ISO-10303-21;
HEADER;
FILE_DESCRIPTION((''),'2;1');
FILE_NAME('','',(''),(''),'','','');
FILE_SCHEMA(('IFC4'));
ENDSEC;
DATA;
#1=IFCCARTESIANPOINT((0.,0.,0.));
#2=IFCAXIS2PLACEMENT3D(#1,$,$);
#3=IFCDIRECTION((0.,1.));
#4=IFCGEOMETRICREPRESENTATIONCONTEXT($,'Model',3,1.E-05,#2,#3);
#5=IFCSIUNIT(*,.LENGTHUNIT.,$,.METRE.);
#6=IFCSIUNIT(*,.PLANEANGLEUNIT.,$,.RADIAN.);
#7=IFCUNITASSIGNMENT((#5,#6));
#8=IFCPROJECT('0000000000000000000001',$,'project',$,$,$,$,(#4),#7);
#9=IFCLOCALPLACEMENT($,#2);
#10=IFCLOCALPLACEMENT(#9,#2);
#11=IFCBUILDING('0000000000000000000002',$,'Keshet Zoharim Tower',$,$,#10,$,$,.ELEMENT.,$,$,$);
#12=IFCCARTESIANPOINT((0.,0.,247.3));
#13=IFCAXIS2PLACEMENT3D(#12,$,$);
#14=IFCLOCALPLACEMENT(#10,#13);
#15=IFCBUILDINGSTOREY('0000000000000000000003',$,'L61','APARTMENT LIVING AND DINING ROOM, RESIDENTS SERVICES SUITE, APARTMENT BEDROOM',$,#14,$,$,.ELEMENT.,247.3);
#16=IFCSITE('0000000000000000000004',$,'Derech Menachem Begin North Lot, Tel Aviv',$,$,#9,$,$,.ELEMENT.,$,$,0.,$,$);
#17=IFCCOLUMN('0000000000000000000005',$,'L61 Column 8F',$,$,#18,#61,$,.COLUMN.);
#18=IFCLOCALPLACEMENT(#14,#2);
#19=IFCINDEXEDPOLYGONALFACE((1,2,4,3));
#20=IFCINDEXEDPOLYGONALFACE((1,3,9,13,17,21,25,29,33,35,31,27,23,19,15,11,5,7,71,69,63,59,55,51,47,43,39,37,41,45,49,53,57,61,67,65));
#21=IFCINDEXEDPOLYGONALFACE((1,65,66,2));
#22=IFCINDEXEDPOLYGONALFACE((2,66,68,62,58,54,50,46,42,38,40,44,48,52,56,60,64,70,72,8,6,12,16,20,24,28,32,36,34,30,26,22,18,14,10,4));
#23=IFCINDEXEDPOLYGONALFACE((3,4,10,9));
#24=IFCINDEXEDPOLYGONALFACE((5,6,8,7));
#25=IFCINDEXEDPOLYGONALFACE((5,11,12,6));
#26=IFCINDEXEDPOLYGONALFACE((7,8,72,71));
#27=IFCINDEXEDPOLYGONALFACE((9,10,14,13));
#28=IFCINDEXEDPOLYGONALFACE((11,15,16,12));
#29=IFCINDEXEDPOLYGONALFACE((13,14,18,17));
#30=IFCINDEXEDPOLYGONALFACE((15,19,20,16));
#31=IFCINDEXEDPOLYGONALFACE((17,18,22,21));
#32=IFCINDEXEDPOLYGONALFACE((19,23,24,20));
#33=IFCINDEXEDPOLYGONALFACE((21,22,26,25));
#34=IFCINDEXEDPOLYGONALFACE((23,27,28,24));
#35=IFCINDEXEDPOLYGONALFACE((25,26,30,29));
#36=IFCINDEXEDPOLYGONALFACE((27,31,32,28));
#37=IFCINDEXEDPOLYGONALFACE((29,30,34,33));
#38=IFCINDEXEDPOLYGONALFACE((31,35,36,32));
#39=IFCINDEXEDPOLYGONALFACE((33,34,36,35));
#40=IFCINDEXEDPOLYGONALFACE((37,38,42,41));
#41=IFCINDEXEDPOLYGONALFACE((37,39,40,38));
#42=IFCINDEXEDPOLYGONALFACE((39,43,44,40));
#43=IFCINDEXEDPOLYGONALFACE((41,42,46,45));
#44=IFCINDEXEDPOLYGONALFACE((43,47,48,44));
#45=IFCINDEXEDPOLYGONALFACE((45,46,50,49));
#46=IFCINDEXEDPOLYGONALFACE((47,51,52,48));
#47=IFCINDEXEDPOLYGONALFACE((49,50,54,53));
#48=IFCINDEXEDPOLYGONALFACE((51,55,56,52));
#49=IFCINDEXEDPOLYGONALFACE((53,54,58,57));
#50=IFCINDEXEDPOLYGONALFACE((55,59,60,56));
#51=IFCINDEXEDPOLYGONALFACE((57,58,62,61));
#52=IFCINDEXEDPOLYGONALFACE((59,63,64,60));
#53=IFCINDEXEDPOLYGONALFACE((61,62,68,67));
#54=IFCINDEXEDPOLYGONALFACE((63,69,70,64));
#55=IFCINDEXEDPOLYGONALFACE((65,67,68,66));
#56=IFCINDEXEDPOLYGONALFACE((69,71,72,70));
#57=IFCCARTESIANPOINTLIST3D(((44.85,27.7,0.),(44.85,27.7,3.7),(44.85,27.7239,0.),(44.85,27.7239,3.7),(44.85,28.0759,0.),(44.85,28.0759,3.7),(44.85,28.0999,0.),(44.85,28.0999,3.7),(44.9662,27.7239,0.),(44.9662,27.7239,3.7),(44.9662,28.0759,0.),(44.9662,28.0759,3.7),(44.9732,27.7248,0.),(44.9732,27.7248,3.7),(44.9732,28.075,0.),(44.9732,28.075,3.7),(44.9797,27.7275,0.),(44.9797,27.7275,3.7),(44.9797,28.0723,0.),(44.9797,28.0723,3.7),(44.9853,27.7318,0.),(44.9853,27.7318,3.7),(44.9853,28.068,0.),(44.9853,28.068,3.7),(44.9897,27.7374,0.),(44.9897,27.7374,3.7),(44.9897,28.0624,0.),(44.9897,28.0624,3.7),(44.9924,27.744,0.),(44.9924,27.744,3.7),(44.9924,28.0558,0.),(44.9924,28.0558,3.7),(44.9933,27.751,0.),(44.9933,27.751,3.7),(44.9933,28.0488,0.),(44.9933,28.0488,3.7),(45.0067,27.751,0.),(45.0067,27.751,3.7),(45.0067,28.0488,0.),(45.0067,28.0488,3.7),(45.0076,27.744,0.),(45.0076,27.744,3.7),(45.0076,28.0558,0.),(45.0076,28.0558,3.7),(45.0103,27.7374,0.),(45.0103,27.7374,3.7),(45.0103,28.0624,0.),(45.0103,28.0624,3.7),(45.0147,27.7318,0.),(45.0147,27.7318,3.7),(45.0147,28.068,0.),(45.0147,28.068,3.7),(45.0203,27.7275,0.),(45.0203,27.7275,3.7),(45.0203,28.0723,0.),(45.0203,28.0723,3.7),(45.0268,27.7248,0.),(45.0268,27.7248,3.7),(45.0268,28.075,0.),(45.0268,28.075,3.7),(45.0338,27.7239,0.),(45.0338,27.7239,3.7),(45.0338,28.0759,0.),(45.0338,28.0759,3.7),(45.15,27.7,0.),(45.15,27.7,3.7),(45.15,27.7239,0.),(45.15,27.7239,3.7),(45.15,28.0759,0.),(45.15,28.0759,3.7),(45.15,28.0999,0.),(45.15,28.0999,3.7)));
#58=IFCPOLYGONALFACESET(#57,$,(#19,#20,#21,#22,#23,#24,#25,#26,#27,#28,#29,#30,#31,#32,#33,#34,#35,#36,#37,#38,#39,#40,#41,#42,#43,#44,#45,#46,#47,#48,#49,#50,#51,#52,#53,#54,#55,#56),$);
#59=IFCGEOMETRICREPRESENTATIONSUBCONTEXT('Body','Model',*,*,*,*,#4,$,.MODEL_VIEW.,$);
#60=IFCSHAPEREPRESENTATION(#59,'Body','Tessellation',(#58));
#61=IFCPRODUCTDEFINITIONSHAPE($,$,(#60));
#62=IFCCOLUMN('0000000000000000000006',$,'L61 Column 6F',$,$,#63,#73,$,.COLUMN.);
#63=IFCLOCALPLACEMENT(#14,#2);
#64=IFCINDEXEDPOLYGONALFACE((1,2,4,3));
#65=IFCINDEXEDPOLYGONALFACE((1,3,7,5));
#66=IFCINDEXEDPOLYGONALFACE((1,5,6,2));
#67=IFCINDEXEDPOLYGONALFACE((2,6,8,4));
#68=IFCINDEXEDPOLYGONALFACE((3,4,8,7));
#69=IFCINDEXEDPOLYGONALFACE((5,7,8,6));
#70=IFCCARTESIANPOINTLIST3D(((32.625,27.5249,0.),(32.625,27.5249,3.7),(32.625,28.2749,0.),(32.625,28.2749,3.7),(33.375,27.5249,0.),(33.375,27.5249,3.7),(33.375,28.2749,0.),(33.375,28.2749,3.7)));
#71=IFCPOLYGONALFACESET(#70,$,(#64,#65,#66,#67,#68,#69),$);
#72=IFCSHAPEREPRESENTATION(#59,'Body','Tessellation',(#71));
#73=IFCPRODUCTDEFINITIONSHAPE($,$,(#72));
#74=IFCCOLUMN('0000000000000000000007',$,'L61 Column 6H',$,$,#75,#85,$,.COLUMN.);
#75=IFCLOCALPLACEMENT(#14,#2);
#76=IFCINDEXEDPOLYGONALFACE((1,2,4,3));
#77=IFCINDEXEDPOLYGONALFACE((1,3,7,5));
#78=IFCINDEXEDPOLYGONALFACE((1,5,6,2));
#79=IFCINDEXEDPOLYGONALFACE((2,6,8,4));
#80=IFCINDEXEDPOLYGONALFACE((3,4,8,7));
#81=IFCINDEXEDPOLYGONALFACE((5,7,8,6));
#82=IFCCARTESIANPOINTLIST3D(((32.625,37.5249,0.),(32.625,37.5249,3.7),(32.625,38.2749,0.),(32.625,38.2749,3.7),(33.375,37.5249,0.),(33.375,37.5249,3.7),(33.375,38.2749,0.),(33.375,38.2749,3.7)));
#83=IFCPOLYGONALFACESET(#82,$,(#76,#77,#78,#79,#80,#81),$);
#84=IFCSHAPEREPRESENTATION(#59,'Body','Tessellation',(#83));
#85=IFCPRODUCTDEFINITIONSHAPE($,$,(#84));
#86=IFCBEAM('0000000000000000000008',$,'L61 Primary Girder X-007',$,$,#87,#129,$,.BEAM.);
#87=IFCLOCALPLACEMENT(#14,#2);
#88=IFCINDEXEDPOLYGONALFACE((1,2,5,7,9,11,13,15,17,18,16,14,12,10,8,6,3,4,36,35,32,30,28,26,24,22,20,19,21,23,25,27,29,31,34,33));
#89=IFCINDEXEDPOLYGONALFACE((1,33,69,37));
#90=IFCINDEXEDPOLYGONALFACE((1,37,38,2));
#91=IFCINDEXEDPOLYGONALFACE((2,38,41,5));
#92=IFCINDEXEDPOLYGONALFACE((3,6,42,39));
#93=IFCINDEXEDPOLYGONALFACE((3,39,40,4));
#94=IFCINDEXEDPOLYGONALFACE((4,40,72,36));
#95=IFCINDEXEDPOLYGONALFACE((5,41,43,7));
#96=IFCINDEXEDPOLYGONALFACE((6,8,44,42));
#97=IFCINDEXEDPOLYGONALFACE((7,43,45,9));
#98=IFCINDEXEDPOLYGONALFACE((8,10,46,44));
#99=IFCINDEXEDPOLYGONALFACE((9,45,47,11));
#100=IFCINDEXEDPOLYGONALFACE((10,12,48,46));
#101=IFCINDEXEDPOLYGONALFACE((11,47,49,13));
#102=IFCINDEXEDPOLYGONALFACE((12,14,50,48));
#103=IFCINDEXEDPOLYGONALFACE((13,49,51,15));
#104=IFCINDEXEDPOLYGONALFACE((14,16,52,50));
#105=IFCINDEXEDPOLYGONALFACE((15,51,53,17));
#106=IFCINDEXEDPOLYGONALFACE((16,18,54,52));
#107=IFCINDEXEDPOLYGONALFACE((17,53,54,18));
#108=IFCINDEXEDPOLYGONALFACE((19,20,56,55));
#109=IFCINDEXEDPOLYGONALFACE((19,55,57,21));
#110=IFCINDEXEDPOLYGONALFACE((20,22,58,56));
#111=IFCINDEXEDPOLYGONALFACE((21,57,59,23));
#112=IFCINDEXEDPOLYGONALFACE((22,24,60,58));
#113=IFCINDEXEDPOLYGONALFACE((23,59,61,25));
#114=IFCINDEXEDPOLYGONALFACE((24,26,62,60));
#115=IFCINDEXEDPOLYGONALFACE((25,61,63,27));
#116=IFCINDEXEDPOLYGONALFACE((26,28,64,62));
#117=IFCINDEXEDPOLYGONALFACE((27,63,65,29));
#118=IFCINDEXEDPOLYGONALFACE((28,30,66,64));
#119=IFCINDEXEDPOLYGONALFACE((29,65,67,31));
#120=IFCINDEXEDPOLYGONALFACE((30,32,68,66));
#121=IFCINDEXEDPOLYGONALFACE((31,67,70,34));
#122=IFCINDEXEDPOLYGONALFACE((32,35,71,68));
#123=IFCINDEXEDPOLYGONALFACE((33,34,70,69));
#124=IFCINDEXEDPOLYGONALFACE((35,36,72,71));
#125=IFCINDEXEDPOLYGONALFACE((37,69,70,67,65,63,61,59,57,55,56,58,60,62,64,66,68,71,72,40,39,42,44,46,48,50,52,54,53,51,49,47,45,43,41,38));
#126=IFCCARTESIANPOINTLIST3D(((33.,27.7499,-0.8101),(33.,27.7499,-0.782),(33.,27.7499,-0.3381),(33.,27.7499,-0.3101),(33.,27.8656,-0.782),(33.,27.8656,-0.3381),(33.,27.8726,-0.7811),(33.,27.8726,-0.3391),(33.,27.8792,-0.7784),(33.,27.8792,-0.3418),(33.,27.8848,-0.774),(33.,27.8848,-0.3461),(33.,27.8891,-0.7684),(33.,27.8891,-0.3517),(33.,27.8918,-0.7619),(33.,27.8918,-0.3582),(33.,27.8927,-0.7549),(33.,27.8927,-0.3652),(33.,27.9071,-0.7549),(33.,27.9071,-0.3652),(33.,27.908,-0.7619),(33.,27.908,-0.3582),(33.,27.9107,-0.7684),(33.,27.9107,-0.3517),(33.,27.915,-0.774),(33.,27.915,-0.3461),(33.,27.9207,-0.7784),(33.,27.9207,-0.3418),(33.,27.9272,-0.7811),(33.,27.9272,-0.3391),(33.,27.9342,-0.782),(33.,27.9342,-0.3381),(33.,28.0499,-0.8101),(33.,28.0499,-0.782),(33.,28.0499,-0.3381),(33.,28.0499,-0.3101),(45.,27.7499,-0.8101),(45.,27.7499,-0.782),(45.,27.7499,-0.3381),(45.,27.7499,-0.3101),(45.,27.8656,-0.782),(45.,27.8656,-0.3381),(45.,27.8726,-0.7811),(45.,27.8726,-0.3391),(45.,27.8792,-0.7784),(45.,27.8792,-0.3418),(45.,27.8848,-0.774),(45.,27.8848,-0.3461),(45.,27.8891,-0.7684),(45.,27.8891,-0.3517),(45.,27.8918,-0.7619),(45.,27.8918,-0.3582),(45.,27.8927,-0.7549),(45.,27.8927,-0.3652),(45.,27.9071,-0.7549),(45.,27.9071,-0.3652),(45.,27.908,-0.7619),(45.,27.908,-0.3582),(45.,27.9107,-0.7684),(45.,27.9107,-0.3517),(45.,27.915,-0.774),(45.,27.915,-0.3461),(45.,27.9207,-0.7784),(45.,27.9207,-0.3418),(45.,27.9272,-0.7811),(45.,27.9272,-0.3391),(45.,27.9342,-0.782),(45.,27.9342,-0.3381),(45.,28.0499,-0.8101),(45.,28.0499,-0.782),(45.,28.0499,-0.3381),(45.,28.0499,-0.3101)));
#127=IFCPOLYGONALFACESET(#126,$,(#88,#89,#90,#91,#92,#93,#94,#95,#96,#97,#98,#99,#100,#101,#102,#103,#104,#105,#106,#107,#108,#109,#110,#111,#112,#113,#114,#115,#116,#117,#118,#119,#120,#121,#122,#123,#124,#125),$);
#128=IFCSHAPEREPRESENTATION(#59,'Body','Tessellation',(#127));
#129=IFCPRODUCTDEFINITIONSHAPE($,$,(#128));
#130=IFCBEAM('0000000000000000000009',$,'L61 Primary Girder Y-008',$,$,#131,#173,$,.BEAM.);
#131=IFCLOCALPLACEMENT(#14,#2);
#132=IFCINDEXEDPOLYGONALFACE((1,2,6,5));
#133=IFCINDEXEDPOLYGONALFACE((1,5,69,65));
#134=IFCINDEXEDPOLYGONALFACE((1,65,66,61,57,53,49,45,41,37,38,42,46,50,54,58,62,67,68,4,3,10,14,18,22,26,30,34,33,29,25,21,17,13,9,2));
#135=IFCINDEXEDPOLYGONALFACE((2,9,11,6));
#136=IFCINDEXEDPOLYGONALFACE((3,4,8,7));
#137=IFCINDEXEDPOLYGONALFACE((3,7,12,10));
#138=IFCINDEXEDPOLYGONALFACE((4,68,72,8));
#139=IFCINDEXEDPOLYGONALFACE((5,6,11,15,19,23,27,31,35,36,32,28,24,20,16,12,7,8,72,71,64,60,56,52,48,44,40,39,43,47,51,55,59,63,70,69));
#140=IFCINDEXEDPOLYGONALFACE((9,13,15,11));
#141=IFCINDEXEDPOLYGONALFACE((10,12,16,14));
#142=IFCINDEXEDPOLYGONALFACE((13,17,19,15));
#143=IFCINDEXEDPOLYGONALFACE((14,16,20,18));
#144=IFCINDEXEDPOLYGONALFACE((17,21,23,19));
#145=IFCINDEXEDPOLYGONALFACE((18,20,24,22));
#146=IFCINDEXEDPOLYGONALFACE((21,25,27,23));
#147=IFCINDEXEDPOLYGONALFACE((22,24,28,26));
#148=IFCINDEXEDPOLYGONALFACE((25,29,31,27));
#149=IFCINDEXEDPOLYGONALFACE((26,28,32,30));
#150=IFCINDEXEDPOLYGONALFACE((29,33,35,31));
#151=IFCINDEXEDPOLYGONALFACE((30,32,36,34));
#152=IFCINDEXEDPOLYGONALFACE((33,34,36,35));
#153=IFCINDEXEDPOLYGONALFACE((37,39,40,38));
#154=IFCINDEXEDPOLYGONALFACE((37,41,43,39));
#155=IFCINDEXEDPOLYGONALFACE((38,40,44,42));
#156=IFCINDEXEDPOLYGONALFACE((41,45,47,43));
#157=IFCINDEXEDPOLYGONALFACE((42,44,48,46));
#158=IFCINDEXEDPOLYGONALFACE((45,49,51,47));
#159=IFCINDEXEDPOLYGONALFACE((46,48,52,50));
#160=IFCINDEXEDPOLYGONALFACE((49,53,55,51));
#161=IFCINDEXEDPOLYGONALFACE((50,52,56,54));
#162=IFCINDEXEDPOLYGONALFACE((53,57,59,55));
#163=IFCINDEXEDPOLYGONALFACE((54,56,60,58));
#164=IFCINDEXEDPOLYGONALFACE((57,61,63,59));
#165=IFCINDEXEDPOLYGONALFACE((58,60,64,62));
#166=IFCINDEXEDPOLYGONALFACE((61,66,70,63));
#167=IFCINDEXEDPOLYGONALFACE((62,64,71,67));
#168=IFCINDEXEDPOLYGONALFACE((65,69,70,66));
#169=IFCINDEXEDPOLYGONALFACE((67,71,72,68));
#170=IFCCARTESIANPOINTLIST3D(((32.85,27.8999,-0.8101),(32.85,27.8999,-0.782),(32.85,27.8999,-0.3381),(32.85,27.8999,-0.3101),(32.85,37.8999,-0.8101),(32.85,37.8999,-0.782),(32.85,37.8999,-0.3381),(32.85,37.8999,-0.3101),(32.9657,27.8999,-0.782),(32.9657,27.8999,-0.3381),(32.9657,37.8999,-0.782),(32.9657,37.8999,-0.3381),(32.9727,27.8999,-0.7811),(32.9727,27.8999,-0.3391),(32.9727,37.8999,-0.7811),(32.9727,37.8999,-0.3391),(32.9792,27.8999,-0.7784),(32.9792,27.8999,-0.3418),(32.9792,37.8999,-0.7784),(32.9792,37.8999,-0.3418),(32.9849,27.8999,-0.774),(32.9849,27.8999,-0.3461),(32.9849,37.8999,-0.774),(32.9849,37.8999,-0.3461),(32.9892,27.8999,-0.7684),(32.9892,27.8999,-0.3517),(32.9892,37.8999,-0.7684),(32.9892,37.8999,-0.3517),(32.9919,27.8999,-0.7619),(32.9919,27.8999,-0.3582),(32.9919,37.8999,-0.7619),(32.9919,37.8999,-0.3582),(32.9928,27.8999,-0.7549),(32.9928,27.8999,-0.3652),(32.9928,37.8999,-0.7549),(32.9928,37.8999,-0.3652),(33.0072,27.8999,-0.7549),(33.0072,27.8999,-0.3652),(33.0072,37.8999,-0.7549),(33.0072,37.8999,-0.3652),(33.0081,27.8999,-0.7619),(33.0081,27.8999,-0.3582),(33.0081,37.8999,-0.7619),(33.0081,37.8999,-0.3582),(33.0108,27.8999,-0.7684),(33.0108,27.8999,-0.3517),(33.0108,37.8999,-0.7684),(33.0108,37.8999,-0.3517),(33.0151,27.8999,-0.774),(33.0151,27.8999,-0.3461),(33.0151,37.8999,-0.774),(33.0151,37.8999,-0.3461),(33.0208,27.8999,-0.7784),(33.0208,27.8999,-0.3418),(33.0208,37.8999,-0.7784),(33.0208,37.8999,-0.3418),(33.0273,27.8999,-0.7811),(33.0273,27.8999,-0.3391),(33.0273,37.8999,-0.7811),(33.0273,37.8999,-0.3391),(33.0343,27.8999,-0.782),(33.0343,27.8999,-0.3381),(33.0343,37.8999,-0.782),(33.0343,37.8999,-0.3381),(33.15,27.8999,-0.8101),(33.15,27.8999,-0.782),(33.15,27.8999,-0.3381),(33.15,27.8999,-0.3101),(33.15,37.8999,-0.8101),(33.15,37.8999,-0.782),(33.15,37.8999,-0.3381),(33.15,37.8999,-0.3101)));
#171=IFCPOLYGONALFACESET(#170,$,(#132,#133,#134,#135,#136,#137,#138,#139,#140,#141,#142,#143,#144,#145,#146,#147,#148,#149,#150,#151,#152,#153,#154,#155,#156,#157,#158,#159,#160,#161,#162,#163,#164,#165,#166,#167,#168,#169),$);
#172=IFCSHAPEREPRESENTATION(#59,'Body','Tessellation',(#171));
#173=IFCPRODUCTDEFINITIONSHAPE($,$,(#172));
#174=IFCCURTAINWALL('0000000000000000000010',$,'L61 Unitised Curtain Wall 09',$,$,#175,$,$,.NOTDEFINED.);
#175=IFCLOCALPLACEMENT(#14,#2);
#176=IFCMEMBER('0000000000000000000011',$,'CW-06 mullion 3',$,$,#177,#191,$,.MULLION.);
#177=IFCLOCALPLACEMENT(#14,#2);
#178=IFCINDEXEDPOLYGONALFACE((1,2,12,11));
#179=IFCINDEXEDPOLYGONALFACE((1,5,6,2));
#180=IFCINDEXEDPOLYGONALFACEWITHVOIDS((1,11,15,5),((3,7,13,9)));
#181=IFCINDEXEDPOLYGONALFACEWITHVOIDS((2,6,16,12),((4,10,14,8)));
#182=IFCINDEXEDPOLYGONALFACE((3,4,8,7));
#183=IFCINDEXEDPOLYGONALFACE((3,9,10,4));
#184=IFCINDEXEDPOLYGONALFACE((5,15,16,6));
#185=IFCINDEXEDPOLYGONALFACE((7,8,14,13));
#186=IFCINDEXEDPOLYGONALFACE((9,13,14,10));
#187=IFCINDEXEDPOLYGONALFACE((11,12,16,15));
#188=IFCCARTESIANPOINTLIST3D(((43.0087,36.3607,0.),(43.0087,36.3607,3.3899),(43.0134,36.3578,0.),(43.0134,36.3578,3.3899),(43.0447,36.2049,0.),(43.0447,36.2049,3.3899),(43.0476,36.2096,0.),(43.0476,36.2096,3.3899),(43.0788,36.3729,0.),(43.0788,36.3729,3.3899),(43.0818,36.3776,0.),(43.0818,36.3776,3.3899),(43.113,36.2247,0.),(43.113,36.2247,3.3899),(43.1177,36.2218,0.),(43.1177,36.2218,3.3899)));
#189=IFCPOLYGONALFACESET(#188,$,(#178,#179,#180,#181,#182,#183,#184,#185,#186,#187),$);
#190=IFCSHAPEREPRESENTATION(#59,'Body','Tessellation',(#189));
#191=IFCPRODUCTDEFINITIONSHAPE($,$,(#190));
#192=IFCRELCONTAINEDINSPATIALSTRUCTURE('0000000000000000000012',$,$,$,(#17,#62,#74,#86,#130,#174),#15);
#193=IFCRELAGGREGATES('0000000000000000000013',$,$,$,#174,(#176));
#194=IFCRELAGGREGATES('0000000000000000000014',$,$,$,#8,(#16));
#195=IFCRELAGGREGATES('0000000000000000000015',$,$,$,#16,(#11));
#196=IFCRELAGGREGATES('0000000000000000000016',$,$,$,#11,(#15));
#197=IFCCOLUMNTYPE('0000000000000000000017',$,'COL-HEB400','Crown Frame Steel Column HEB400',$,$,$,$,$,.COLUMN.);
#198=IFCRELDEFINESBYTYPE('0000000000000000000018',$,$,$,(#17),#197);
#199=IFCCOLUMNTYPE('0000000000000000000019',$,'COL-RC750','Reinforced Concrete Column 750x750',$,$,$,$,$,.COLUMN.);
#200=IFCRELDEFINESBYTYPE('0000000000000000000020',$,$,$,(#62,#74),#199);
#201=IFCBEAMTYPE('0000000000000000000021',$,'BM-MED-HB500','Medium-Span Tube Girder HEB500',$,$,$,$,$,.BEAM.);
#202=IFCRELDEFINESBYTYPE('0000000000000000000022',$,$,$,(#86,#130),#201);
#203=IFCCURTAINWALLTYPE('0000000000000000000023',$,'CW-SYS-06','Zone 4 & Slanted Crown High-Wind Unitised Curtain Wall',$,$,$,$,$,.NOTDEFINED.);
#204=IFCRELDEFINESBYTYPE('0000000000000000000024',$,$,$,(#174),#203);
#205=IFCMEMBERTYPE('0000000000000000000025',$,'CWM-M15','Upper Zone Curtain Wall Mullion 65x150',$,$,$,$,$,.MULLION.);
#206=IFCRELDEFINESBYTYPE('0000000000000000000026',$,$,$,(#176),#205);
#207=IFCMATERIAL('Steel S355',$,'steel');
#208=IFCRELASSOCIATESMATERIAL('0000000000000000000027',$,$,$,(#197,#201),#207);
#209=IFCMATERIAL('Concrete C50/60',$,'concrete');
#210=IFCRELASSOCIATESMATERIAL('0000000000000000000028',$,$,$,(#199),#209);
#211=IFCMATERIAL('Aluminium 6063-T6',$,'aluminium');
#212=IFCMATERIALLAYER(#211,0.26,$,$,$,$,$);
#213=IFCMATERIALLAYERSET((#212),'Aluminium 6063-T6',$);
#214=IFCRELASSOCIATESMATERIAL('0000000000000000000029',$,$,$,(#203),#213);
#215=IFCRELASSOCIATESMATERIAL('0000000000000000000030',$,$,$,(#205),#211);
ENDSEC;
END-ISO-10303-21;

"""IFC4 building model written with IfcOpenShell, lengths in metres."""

from ifc_helpers import new_model, si_unit, direction, frame, origin, origin_2d, place, context, subcontext, project, spatial, rectangle, hollow_rectangle, i_section, extrude, material, layer, layer_set, material_profile, profile_set, type_object, element, aggregate, save


model = new_model("IFC4")

# Units and contexts
model_context = context("Model", 3, precision=1e-05, world=origin(), true_north=direction((0.0, 1.0)))
body_context = subcontext(model_context, "Body", "Model", "MODEL_VIEW")
ifc_project = project(units=[si_unit("LENGTHUNIT", "METRE"), si_unit("PLANEANGLEUNIT", "RADIAN")], contexts=[model_context])

# Site, building, storey
site_placement = place(None, origin())
site = spatial("IfcSite", under=ifc_project, at=site_placement, Name="Derech Menachem Begin North Lot, Tel Aviv", CompositionType="ELEMENT", RefElevation=0.0)
building_placement = place(site_placement, origin())
building = spatial("IfcBuilding", under=site, at=building_placement, Name="Keshet Zoharim Tower", CompositionType="ELEMENT")
storey_placement = place(building_placement, frame((0.0, 0.0, 247.3)))
storey = spatial("IfcBuildingStorey", under=building, at=storey_placement, Name="L61", Description="APARTMENT LIVING AND DINING ROOM, RESIDENTS SERVICES SUITE, APARTMENT BEDROOM", CompositionType="ELEMENT", Elevation=247.3)

# Columns
ifc_material_1 = material(Name="Steel S355", Category="steel")
ifc_material_profile_1 = material_profile(ifc_material_1, i_section(OverallWidth=0.3, OverallDepth=0.3999, WebThickness=0.0134, FlangeThickness=0.0239, FilletRadius=0.0271, at=origin_2d()), Name="HEB400")
ifc_profile_set_1 = profile_set([ifc_material_profile_1], Name="Steel S355")
column_type_1 = type_object("IfcColumnType", Name="COL-HEB400", Description="Crown Frame Steel Column HEB400", PredefinedType="COLUMN", material=ifc_profile_set_1)
column_placement = place(storey_placement, frame((45.0, 27.8999, 0.0), z_axis=(0.0, 0.0, 1.0), x_axis=(1.0, 0.0, 0.0)))
element("IfcColumn", 1, at=column_placement, inside=storey, type_object=column_type_1, Name="L61 Column 8F", PredefinedType="COLUMN", context=body_context, shape_type="SweptSolid", body=[
    extrude(i_section(OverallWidth=0.3, OverallDepth=0.3999, WebThickness=0.0134, FlangeThickness=0.0239, FilletRadius=0.0271, at=origin_2d()), origin(), (0.0, 0.0, 1.0), 3.7),
])
ifc_material_2 = material(Name="Concrete C50/60", Category="concrete")
ifc_material_profile_2 = material_profile(ifc_material_2, rectangle(XDim=0.75, YDim=0.75, at=origin_2d()), Name="RC750x750")
ifc_profile_set_2 = profile_set([ifc_material_profile_2], Name="Concrete C50/60")
column_type_2 = type_object("IfcColumnType", Name="COL-RC750", Description="Reinforced Concrete Column 750x750", PredefinedType="COLUMN", material=ifc_profile_set_2)
for number, where, z_axis, x_axis, name in (
    (2, (33.0, 27.8999, 0.0), (0.0, 0.0, 1.0), (1.0, 0.0, 0.0), "L61 Column 6F"),
    (3, (33.0, 37.8999, 0.0), (0.0, 0.0, 1.0), (1.0, 0.0, 0.0), "L61 Column 6H"),
):
    element("IfcColumn", number, at=place(storey_placement, frame(where, z_axis=z_axis, x_axis=x_axis)), inside=storey, type_object=column_type_2, Name=name, PredefinedType="COLUMN", context=body_context, shape_type="SweptSolid", body=[
        extrude(rectangle(XDim=0.75, YDim=0.75, at=origin_2d()), origin(), (0.0, 0.0, 1.0), 3.7),
    ])

# Beams
ifc_material_profile_3 = material_profile(ifc_material_1, i_section(OverallWidth=0.3, OverallDepth=0.5, WebThickness=0.0144, FlangeThickness=0.0281, FilletRadius=0.0271, at=origin_2d()), Name="HEB500")
ifc_profile_set_3 = profile_set([ifc_material_profile_3], Name="Steel S355")
beam_type = type_object("IfcBeamType", Name="BM-MED-HB500", Description="Medium-Span Tube Girder HEB500", PredefinedType="BEAM", material=ifc_profile_set_3)
beam_1_placement = place(storey_placement, frame((33.0, 27.8999, -0.5601), z_axis=(1.0, 0.0, 0.0), x_axis=(0.0, 1.0, 0.0)))
element("IfcBeam", 4, at=beam_1_placement, inside=storey, type_object=beam_type, Name="L61 Primary Girder X-007", PredefinedType="BEAM", context=body_context, shape_type="SweptSolid", body=[
    extrude(i_section(OverallWidth=0.3, OverallDepth=0.5, WebThickness=0.0144, FlangeThickness=0.0281, FilletRadius=0.0271, at=origin_2d()), origin(), (0.0, 0.0, 1.0), 12.0),
])
beam_2_placement = place(storey_placement, frame((33.0, 27.8999, -0.5601), z_axis=(0.0, 1.0, 0.0), x_axis=(-1.0, 0.0, 0.0)))
element("IfcBeam", 5, at=beam_2_placement, inside=storey, type_object=beam_type, Name="L61 Primary Girder Y-008", PredefinedType="BEAM", context=body_context, shape_type="SweptSolid", body=[
    extrude(i_section(OverallWidth=0.3, OverallDepth=0.5, WebThickness=0.0144, FlangeThickness=0.0281, FilletRadius=0.0271, at=origin_2d()), origin(), (0.0, 0.0, 1.0), 10.0),
])

# Curtain wall, member
ifc_material_3 = material(Name="Aluminium 6063-T6", Category="aluminium")
ifc_layer_1 = layer(ifc_material_3, 0.26)
ifc_layer_set_1 = layer_set([ifc_layer_1], Name="Aluminium 6063-T6")
curtain_wall_type = type_object("IfcCurtainWallType", Name="CW-SYS-06", Description="Zone 4 & Slanted Crown High-Wind Unitised Curtain Wall", PredefinedType="NOTDEFINED", material=ifc_layer_set_1)
curtain_wall_1_placement = place(storey_placement, origin())
curtain_wall_1 = element("IfcCurtainWall", 6, at=curtain_wall_1_placement, inside=storey, type_object=curtain_wall_type, Name="L61 Unitised Curtain Wall 09", PredefinedType="NOTDEFINED")
ifc_material_profile_4 = material_profile(ifc_material_3, hollow_rectangle(XDim=0.075, YDim=0.1599, WallThickness=0.0039, at=origin_2d()), Name="MUL-75x160")
ifc_profile_set_4 = profile_set([ifc_material_profile_4], Name="Aluminium 6063-T6")
member_type_1 = type_object("IfcMemberType", Name="CWM-M15", Description="Upper Zone Curtain Wall Mullion 65x150", PredefinedType="MULLION", material=ifc_profile_set_4)
member_1_placement = place(storey_placement, frame((43.0632, 36.2913, 0.0), z_axis=(0.0, 0.0, 1.0), x_axis=(0.974398, 0.22483, 0.0)))
member_1 = element("IfcMember", 7, at=member_1_placement, type_object=member_type_1, Name="CW-06 mullion 3", PredefinedType="MULLION", context=body_context, shape_type="SweptSolid", body=[
    extrude(hollow_rectangle(XDim=0.075, YDim=0.1599, WallThickness=0.0039, at=origin_2d()), origin(), (0.0, 0.0, 1.0), 3.3899),
])

aggregate(curtain_wall_1, [member_1])

save(model, "model.ifc")
